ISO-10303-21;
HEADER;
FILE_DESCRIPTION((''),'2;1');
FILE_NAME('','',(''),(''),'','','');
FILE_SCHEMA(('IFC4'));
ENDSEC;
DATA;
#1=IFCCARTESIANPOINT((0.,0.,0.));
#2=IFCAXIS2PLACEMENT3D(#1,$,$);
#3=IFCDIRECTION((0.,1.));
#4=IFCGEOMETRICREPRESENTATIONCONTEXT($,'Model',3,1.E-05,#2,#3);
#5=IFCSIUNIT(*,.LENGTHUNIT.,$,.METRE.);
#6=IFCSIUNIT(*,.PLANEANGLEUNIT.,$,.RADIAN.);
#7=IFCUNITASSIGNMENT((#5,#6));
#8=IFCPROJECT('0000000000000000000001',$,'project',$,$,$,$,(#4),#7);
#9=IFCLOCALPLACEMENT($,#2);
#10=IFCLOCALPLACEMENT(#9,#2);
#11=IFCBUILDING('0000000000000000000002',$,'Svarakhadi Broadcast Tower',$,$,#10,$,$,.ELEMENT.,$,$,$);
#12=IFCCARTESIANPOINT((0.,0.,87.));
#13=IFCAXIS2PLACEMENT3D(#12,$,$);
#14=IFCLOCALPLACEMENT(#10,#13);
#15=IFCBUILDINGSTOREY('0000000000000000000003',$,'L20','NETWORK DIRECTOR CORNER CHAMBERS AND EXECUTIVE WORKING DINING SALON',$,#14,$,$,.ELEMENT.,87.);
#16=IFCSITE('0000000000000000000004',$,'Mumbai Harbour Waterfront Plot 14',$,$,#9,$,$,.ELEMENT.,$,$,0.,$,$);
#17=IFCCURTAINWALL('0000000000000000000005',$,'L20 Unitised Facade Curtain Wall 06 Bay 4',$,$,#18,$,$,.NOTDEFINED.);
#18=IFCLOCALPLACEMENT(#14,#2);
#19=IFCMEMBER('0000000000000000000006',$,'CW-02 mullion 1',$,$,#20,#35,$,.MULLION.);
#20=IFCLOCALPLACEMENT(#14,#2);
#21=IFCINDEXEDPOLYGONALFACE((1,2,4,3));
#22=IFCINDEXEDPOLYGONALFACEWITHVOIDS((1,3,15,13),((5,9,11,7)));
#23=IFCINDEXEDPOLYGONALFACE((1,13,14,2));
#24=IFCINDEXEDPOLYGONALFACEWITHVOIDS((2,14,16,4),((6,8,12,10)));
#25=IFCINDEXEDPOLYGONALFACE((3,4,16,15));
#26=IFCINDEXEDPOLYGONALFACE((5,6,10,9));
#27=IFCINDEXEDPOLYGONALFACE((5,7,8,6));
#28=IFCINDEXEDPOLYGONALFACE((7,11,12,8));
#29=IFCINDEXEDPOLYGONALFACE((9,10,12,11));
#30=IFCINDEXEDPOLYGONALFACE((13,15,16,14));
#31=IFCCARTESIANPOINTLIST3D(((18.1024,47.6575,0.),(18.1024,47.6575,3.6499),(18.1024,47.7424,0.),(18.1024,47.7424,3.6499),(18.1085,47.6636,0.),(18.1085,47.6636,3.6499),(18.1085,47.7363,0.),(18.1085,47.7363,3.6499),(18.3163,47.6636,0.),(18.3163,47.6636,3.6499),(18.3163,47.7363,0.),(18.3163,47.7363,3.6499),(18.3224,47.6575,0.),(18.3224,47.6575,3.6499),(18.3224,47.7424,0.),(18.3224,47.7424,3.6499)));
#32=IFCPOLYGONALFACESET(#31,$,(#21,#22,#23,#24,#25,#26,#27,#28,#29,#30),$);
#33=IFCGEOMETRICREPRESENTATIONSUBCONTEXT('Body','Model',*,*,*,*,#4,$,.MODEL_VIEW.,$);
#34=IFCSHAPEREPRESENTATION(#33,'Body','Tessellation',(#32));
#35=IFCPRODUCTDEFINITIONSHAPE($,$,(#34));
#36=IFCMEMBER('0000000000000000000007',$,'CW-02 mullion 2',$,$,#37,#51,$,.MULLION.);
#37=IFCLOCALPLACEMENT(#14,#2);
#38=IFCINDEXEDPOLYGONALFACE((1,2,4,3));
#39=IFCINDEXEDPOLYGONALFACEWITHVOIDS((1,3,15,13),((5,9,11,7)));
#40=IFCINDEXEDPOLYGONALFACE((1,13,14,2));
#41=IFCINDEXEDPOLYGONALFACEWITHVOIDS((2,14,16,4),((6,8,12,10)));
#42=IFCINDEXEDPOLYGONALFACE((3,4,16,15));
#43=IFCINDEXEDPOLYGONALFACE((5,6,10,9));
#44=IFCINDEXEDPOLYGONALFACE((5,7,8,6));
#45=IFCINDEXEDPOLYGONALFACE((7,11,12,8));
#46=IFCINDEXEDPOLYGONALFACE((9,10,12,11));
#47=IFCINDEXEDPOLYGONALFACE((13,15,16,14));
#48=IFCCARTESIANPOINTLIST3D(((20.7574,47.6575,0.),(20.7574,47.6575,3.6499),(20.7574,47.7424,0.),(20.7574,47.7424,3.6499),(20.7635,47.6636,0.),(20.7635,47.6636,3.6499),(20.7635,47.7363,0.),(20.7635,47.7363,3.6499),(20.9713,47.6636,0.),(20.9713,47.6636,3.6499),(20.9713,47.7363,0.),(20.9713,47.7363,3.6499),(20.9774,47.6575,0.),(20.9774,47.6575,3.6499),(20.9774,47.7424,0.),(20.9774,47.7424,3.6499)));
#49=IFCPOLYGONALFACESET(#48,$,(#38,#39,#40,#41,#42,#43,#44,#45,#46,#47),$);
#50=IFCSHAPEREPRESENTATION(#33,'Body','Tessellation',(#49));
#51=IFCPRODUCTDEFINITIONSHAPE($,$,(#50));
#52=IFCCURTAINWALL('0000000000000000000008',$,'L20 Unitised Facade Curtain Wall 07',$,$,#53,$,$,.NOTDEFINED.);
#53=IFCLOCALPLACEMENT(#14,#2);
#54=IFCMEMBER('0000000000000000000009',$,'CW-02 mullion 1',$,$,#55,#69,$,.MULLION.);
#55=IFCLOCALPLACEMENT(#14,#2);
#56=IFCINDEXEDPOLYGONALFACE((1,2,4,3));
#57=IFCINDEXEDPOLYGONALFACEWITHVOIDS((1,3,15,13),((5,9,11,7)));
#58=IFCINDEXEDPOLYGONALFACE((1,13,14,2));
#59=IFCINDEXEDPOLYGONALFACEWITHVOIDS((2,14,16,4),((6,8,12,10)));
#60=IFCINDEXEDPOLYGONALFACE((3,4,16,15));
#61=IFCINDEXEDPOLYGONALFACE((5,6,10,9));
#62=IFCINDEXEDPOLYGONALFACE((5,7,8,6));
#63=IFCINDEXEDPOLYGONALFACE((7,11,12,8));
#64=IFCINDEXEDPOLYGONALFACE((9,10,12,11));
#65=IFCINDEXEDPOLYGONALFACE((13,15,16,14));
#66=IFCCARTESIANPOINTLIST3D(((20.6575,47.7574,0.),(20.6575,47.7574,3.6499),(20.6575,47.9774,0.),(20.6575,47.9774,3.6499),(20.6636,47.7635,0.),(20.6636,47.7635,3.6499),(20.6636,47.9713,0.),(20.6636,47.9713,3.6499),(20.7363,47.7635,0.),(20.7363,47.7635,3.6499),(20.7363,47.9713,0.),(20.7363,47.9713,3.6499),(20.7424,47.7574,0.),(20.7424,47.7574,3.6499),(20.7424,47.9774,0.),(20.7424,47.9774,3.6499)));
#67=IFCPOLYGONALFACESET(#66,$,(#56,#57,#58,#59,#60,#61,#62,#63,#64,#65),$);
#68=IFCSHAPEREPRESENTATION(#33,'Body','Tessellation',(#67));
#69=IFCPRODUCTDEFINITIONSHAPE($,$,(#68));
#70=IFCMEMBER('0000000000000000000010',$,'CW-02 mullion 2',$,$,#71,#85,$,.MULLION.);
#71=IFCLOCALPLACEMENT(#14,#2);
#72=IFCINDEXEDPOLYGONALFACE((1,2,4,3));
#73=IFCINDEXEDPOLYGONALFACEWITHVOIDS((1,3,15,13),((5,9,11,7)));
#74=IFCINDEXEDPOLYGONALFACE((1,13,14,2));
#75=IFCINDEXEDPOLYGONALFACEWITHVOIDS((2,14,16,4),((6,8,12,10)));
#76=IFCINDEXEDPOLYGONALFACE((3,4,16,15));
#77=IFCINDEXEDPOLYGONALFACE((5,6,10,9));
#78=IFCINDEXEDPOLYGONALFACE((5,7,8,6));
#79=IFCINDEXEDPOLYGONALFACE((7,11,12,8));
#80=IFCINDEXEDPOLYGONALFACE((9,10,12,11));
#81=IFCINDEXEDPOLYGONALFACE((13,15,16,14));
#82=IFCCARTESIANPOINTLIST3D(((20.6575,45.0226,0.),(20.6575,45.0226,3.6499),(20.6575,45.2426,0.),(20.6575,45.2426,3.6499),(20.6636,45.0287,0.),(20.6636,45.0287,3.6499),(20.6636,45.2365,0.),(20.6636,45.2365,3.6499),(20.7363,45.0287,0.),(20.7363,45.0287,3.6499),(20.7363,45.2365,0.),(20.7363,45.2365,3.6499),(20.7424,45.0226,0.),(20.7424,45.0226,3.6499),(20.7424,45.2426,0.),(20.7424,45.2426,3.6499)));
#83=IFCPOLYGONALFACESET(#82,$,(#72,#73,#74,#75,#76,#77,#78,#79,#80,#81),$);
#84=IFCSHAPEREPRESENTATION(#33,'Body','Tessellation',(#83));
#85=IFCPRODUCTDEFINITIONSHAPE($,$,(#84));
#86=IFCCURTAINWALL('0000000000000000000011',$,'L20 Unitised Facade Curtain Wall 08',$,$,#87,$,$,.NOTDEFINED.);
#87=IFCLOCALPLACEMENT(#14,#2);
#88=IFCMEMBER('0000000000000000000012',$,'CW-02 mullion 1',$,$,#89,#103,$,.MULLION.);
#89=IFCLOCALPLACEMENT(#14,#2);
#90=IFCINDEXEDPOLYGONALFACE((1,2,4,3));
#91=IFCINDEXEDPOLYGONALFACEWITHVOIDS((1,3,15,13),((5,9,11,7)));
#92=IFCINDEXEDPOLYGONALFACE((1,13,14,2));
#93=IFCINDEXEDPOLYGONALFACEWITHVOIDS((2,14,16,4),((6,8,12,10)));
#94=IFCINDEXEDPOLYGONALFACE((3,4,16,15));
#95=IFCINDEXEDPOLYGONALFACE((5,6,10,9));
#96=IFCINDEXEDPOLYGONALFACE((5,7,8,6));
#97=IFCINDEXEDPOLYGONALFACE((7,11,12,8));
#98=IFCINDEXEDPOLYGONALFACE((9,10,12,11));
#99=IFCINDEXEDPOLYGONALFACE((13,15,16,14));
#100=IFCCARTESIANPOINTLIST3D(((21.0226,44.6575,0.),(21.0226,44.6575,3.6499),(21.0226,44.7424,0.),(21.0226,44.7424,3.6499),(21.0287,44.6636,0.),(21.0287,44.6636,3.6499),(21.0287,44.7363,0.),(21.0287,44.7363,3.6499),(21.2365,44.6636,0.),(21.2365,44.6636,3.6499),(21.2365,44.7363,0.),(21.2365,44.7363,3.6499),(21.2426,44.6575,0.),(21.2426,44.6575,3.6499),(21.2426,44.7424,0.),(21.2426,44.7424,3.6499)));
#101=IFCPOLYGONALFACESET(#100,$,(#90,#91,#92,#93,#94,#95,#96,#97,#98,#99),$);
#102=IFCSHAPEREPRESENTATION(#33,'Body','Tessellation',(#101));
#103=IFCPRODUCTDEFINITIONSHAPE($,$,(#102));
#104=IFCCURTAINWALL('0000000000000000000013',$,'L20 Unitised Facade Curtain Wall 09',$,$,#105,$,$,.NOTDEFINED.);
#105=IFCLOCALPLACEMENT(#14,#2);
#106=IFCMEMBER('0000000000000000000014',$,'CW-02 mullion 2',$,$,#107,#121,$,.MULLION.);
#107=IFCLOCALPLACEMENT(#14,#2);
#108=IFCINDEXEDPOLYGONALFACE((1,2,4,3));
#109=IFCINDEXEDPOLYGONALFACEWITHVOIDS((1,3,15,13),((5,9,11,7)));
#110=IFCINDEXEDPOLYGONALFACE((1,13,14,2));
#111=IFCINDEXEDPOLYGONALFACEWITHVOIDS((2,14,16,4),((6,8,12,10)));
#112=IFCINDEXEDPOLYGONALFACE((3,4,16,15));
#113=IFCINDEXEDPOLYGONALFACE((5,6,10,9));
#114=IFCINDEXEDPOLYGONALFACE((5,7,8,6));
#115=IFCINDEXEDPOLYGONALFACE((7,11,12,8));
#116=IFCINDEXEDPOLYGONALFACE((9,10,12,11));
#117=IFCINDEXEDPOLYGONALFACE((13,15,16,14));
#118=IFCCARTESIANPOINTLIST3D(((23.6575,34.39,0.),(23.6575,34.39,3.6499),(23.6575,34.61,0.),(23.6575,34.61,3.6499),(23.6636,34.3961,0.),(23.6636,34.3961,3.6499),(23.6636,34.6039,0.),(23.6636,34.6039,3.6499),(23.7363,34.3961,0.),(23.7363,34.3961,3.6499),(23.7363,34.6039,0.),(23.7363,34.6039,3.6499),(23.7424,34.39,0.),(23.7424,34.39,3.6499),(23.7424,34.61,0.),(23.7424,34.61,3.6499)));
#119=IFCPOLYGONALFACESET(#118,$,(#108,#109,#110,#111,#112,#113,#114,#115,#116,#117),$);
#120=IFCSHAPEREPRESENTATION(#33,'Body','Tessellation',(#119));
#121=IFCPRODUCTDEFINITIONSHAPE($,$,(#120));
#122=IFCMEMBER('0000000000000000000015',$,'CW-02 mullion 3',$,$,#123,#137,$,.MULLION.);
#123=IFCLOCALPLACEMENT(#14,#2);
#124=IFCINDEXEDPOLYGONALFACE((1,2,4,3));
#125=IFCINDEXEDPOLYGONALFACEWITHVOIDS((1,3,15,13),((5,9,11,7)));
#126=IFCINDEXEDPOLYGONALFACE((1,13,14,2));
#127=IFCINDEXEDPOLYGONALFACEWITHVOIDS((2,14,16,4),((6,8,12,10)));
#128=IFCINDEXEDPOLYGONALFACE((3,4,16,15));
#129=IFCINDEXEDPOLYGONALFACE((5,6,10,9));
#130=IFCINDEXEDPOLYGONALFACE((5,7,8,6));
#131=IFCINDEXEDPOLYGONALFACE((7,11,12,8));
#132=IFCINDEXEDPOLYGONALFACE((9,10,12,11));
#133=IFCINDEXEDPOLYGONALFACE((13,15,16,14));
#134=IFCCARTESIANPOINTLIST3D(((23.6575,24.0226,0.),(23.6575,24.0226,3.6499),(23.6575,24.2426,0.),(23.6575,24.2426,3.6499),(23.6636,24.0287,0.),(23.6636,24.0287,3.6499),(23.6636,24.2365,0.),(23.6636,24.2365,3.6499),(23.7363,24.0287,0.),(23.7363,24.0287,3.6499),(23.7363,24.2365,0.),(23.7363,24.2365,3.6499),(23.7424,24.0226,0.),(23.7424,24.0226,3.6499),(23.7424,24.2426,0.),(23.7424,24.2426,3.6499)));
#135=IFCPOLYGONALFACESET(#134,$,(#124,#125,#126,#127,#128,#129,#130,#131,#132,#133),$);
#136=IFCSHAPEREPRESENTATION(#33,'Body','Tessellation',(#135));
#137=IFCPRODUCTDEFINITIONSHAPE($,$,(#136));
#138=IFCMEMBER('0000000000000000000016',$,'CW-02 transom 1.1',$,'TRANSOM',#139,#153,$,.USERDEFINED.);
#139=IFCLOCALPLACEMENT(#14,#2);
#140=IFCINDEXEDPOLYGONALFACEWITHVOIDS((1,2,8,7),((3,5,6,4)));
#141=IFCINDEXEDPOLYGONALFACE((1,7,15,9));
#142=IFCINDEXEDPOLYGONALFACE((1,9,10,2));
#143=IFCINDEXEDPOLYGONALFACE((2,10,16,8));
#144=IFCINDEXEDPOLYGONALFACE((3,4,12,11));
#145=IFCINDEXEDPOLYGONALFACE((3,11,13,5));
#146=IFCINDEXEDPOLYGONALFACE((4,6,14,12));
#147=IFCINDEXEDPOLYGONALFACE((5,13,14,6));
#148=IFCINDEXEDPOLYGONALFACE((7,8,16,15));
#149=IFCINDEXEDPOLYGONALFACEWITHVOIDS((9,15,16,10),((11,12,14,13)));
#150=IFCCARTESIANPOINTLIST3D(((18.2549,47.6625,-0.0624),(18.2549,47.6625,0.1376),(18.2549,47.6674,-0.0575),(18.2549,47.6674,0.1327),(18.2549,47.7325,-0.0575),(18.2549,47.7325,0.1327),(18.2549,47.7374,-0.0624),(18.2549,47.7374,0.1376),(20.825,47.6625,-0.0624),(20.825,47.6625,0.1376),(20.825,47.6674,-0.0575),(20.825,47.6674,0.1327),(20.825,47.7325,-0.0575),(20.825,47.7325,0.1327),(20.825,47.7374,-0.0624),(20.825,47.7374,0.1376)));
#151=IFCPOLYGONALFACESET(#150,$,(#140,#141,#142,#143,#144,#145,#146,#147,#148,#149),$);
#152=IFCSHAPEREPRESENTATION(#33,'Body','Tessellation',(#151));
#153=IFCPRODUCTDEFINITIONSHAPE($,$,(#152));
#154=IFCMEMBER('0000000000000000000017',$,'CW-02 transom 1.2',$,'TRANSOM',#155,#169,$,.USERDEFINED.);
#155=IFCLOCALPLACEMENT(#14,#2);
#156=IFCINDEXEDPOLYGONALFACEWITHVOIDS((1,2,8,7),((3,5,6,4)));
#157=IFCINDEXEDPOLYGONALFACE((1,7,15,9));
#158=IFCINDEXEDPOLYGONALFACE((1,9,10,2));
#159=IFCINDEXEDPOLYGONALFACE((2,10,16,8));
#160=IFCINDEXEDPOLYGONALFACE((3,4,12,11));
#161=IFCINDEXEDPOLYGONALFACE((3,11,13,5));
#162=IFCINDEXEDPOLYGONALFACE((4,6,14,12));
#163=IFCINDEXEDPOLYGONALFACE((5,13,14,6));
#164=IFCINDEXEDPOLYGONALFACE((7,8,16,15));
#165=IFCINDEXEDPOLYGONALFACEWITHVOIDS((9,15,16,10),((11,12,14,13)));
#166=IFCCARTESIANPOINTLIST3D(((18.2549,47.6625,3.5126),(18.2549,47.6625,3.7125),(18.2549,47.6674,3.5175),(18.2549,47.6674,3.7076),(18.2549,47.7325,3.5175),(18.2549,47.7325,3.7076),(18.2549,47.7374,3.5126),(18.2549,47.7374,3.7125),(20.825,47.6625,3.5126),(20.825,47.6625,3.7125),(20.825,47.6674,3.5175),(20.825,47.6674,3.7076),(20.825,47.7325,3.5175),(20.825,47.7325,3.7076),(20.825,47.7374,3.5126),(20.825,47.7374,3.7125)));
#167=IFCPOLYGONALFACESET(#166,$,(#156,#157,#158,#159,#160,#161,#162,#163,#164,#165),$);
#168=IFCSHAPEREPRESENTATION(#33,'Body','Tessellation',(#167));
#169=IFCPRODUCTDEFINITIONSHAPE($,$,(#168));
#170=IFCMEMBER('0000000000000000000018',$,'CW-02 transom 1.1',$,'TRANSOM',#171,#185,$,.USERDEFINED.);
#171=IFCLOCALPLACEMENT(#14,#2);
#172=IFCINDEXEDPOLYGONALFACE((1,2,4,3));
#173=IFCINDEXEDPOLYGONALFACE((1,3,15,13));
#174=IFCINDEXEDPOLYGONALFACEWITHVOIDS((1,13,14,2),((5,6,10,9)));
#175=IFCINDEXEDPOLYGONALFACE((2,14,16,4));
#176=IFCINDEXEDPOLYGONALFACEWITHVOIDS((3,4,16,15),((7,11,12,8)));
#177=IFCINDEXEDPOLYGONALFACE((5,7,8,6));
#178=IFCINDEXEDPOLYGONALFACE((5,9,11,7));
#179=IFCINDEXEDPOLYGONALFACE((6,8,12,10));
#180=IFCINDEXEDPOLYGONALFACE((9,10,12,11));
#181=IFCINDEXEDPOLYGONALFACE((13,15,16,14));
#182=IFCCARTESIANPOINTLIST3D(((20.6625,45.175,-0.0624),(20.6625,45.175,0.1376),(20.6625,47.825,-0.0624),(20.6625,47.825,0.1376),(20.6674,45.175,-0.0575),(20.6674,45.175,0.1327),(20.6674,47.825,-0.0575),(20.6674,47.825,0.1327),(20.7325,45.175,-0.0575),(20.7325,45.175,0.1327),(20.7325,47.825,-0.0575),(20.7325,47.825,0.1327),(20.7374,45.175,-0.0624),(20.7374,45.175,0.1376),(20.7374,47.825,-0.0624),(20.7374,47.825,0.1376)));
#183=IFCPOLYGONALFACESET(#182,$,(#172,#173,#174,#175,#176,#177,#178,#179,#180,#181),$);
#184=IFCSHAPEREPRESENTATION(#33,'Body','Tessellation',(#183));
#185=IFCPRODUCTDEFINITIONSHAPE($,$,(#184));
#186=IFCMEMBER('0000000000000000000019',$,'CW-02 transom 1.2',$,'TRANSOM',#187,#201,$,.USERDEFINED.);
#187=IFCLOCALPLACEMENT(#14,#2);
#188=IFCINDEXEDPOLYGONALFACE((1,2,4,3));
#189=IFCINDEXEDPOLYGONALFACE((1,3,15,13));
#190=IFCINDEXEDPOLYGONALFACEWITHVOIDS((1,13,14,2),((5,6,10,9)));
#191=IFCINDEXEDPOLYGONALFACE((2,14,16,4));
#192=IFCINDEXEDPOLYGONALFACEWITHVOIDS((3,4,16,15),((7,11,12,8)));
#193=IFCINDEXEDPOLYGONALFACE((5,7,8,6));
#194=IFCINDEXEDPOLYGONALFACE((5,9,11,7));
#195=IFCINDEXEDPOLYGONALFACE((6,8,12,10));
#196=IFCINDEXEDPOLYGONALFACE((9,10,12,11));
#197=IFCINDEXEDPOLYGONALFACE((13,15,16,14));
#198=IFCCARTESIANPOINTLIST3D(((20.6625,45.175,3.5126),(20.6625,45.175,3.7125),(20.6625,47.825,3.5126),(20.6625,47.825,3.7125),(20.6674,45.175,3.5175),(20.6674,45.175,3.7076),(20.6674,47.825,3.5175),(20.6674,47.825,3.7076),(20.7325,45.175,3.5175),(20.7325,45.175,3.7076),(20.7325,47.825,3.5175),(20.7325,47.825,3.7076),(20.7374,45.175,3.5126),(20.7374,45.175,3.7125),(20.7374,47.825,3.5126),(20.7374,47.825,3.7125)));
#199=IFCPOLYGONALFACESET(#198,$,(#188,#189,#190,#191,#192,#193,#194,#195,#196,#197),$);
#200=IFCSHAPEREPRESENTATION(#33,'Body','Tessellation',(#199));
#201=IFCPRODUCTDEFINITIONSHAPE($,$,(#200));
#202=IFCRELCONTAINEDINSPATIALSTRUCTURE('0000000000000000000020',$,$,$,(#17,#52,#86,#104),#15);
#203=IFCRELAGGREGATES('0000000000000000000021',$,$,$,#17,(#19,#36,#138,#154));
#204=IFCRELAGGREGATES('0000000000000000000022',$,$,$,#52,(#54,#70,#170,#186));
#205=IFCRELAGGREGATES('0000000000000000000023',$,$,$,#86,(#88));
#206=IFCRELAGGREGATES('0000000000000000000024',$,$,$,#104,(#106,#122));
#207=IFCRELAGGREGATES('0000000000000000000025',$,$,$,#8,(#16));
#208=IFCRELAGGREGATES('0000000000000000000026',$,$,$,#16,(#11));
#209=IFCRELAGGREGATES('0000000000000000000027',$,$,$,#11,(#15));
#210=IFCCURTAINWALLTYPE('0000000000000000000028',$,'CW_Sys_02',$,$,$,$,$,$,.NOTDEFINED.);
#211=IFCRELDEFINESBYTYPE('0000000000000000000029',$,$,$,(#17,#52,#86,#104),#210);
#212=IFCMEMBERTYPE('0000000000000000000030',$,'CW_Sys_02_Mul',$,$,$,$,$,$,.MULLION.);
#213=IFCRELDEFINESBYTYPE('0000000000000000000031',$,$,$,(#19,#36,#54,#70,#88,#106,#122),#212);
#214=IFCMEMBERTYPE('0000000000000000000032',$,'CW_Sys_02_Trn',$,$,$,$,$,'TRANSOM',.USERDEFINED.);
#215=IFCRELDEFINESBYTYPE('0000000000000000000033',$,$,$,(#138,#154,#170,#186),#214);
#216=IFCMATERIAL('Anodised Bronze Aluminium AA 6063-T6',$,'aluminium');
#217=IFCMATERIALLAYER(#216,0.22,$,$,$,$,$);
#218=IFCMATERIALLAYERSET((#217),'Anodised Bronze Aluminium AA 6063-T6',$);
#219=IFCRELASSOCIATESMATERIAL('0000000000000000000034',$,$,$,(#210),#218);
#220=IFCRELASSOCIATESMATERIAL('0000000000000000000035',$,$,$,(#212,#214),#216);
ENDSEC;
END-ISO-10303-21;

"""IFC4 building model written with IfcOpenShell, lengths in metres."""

from ifc_helpers import new_model, si_unit, direction, frame, origin, origin_2d, place, context, subcontext, project, spatial, hollow_rectangle, extrude, material, layer, layer_set, material_profile, profile_set, type_object, element, aggregate, save


model = new_model("IFC4")

# Units and contexts
model_context = context("Model", 3, precision=1e-05, world=origin(), true_north=direction((0.0, 1.0)))
body_context = subcontext(model_context, "Body", "Model", "MODEL_VIEW")
ifc_project = project(units=[si_unit("LENGTHUNIT", "METRE"), si_unit("PLANEANGLEUNIT", "RADIAN")], contexts=[model_context])

# Site, building, storey
site_placement = place(None, origin())
site = spatial("IfcSite", under=ifc_project, at=site_placement, Name="Mumbai Harbour Waterfront Plot 14", CompositionType="ELEMENT", RefElevation=0.0)
building_placement = place(site_placement, origin())
building = spatial("IfcBuilding", under=site, at=building_placement, Name="Svarakhadi Broadcast Tower", CompositionType="ELEMENT")
storey_placement = place(building_placement, frame((0.0, 0.0, 87.0)))
storey = spatial("IfcBuildingStorey", under=building, at=storey_placement, Name="L20", Description="NETWORK DIRECTOR CORNER CHAMBERS AND EXECUTIVE WORKING DINING SALON", CompositionType="ELEMENT", Elevation=87.0)

# Curtain walls, members
ifc_material_1 = material(Name="Anodised Bronze Aluminium AA 6063-T6", Category="aluminium")
ifc_layer_1 = layer(ifc_material_1, 0.22)
ifc_layer_set_1 = layer_set([ifc_layer_1], Name="Anodised Bronze Aluminium AA 6063-T6")
curtain_wall_type = type_object("IfcCurtainWallType", Name="CW_Sys_02", PredefinedType="NOTDEFINED", material=ifc_layer_set_1)
curtain_wall_1_placement = place(storey_placement, origin())
curtain_wall_1 = element("IfcCurtainWall", 1, at=curtain_wall_1_placement, inside=storey, type_object=curtain_wall_type, Name="L20 Unitised Facade Curtain Wall 06 Bay 4", PredefinedType="NOTDEFINED")
ifc_material_profile_1 = material_profile(ifc_material_1, hollow_rectangle(XDim=0.085, YDim=0.22, WallThickness=0.0061, at=origin_2d()), Name="ALU MULLION 220x85x6")
ifc_profile_set_1 = profile_set([ifc_material_profile_1], Name="Anodised Bronze Aluminium AA 6063-T6")
member_type_1 = type_object("IfcMemberType", Name="CW_Sys_02_Mul", PredefinedType="MULLION", material=ifc_profile_set_1)
member_1_placement = place(storey_placement, frame((18.2124, 47.7, 0.0), z_axis=(0.0, 0.0, 1.0), x_axis=(0.0, 1.0, 0.0)))
member_1 = element("IfcMember", 2, at=member_1_placement, type_object=member_type_1, Name="CW-02 mullion 1", PredefinedType="MULLION", context=body_context, shape_type="SweptSolid", body=[
    extrude(hollow_rectangle(XDim=0.085, YDim=0.22, WallThickness=0.0061, at=origin_2d()), origin(), (0.0, 0.0, 1.0), 3.6499),
])
member_2_placement = place(storey_placement, frame((20.8674, 47.7, 0.0), z_axis=(0.0, 0.0, 1.0), x_axis=(0.0, 1.0, 0.0)))
member_2 = element("IfcMember", 3, at=member_2_placement, type_object=member_type_1, Name="CW-02 mullion 2", PredefinedType="MULLION", context=body_context, shape_type="SweptSolid", body=[
    extrude(hollow_rectangle(XDim=0.085, YDim=0.22, WallThickness=0.0061, at=origin_2d()), origin(), (0.0, 0.0, 1.0), 3.6499),
])
curtain_wall_2_placement = place(storey_placement, origin())
curtain_wall_2 = element("IfcCurtainWall", 4, at=curtain_wall_2_placement, inside=storey, type_object=curtain_wall_type, Name="L20 Unitised Facade Curtain Wall 07", PredefinedType="NOTDEFINED")
member_3_placement = place(storey_placement, frame((20.7, 47.8674, 0.0), z_axis=(0.0, 0.0, 1.0), x_axis=(1.0, 0.0, 0.0)))
member_3 = element("IfcMember", 5, at=member_3_placement, type_object=member_type_1, Name="CW-02 mullion 1", PredefinedType="MULLION", context=body_context, shape_type="SweptSolid", body=[
    extrude(hollow_rectangle(XDim=0.085, YDim=0.22, WallThickness=0.0061, at=origin_2d()), origin(), (0.0, 0.0, 1.0), 3.6499),
])
member_4_placement = place(storey_placement, frame((20.7, 45.1326, 0.0), z_axis=(0.0, 0.0, 1.0), x_axis=(1.0, 0.0, 0.0)))
member_4 = element("IfcMember", 6, at=member_4_placement, type_object=member_type_1, Name="CW-02 mullion 2", PredefinedType="MULLION", context=body_context, shape_type="SweptSolid", body=[
    extrude(hollow_rectangle(XDim=0.085, YDim=0.22, WallThickness=0.0061, at=origin_2d()), origin(), (0.0, 0.0, 1.0), 3.6499),
])

# Curtain wall, member
curtain_wall_3_placement = place(storey_placement, origin())
curtain_wall_3 = element("IfcCurtainWall", 7, at=curtain_wall_3_placement, inside=storey, type_object=curtain_wall_type, Name="L20 Unitised Facade Curtain Wall 08", PredefinedType="NOTDEFINED")
member_5_placement = place(storey_placement, frame((21.1326, 44.7, 0.0), z_axis=(0.0, 0.0, 1.0), x_axis=(0.0, 1.0, 0.0)))
member_5 = element("IfcMember", 8, at=member_5_placement, type_object=member_type_1, Name="CW-02 mullion 1", PredefinedType="MULLION", context=body_context, shape_type="SweptSolid", body=[
    extrude(hollow_rectangle(XDim=0.085, YDim=0.22, WallThickness=0.0061, at=origin_2d()), origin(), (0.0, 0.0, 1.0), 3.6499),
])

# Curtain wall, members
curtain_wall_4_placement = place(storey_placement, origin())
curtain_wall_4 = element("IfcCurtainWall", 9, at=curtain_wall_4_placement, inside=storey, type_object=curtain_wall_type, Name="L20 Unitised Facade Curtain Wall 09", PredefinedType="NOTDEFINED")
member_6_placement = place(storey_placement, frame((23.7, 34.5, 0.0), z_axis=(0.0, 0.0, 1.0), x_axis=(1.0, 0.0, 0.0)))
member_6 = element("IfcMember", 10, at=member_6_placement, type_object=member_type_1, Name="CW-02 mullion 2", PredefinedType="MULLION", context=body_context, shape_type="SweptSolid", body=[
    extrude(hollow_rectangle(XDim=0.085, YDim=0.22, WallThickness=0.0061, at=origin_2d()), origin(), (0.0, 0.0, 1.0), 3.6499),
])
member_7_placement = place(storey_placement, frame((23.7, 24.1326, 0.0), z_axis=(0.0, 0.0, 1.0), x_axis=(1.0, 0.0, 0.0)))
member_7 = element("IfcMember", 11, at=member_7_placement, type_object=member_type_1, Name="CW-02 mullion 3", PredefinedType="MULLION", context=body_context, shape_type="SweptSolid", body=[
    extrude(hollow_rectangle(XDim=0.085, YDim=0.22, WallThickness=0.0061, at=origin_2d()), origin(), (0.0, 0.0, 1.0), 3.6499),
])

# Members
ifc_material_profile_2 = material_profile(ifc_material_1, hollow_rectangle(XDim=0.075, YDim=0.2, WallThickness=0.0049, at=origin_2d()), Name="ALU TRANSOM 200x75x5")
ifc_profile_set_2 = profile_set([ifc_material_profile_2], Name="Anodised Bronze Aluminium AA 6063-T6")
member_type_2 = type_object("IfcMemberType", Name="CW_Sys_02_Trn", ElementType="TRANSOM", PredefinedType="USERDEFINED", material=ifc_profile_set_2)
member_8_placement = place(storey_placement, frame((18.2549, 47.7, 0.0376), z_axis=(1.0, 0.0, 0.0), x_axis=(0.0, 1.0, 0.0)))
member_8 = element("IfcMember", 12, at=member_8_placement, type_object=member_type_2, Name="CW-02 transom 1.1", ObjectType="TRANSOM", PredefinedType="USERDEFINED", context=body_context, shape_type="SweptSolid", body=[
    extrude(hollow_rectangle(XDim=0.075, YDim=0.2, WallThickness=0.0049, at=origin_2d()), origin(), (0.0, 0.0, 1.0), 2.5701),
])
member_9_placement = place(storey_placement, frame((18.2549, 47.7, 3.6125), z_axis=(1.0, 0.0, 0.0), x_axis=(0.0, 1.0, 0.0)))
member_9 = element("IfcMember", 13, at=member_9_placement, type_object=member_type_2, Name="CW-02 transom 1.2", ObjectType="TRANSOM", PredefinedType="USERDEFINED", context=body_context, shape_type="SweptSolid", body=[
    extrude(hollow_rectangle(XDim=0.075, YDim=0.2, WallThickness=0.0049, at=origin_2d()), origin(), (0.0, 0.0, 1.0), 2.5701),
])
member_10_placement = place(storey_placement, frame((20.7, 47.825, 0.0376), z_axis=(0.0, -1.0, 0.0), x_axis=(1.0, 0.0, 0.0)))
member_10 = element("IfcMember", 14, at=member_10_placement, type_object=member_type_2, Name="CW-02 transom 1.1", ObjectType="TRANSOM", PredefinedType="USERDEFINED", context=body_context, shape_type="SweptSolid", body=[
    extrude(hollow_rectangle(XDim=0.075, YDim=0.2, WallThickness=0.0049, at=origin_2d()), origin(), (0.0, 0.0, 1.0), 2.6499),
])
member_11_placement = place(storey_placement, frame((20.7, 47.825, 3.6125), z_axis=(0.0, -1.0, 0.0), x_axis=(1.0, 0.0, 0.0)))
member_11 = element("IfcMember", 15, at=member_11_placement, type_object=member_type_2, Name="CW-02 transom 1.2", ObjectType="TRANSOM", PredefinedType="USERDEFINED", context=body_context, shape_type="SweptSolid", body=[
    extrude(hollow_rectangle(XDim=0.075, YDim=0.2, WallThickness=0.0049, at=origin_2d()), origin(), (0.0, 0.0, 1.0), 2.6499),
])

aggregate(curtain_wall_1, [member_1, member_2, member_8, member_9])
aggregate(curtain_wall_2, [member_3, member_4, member_10, member_11])
aggregate(curtain_wall_3, [member_5])
aggregate(curtain_wall_4, [member_6, member_7])

save(model, "model.ifc")
